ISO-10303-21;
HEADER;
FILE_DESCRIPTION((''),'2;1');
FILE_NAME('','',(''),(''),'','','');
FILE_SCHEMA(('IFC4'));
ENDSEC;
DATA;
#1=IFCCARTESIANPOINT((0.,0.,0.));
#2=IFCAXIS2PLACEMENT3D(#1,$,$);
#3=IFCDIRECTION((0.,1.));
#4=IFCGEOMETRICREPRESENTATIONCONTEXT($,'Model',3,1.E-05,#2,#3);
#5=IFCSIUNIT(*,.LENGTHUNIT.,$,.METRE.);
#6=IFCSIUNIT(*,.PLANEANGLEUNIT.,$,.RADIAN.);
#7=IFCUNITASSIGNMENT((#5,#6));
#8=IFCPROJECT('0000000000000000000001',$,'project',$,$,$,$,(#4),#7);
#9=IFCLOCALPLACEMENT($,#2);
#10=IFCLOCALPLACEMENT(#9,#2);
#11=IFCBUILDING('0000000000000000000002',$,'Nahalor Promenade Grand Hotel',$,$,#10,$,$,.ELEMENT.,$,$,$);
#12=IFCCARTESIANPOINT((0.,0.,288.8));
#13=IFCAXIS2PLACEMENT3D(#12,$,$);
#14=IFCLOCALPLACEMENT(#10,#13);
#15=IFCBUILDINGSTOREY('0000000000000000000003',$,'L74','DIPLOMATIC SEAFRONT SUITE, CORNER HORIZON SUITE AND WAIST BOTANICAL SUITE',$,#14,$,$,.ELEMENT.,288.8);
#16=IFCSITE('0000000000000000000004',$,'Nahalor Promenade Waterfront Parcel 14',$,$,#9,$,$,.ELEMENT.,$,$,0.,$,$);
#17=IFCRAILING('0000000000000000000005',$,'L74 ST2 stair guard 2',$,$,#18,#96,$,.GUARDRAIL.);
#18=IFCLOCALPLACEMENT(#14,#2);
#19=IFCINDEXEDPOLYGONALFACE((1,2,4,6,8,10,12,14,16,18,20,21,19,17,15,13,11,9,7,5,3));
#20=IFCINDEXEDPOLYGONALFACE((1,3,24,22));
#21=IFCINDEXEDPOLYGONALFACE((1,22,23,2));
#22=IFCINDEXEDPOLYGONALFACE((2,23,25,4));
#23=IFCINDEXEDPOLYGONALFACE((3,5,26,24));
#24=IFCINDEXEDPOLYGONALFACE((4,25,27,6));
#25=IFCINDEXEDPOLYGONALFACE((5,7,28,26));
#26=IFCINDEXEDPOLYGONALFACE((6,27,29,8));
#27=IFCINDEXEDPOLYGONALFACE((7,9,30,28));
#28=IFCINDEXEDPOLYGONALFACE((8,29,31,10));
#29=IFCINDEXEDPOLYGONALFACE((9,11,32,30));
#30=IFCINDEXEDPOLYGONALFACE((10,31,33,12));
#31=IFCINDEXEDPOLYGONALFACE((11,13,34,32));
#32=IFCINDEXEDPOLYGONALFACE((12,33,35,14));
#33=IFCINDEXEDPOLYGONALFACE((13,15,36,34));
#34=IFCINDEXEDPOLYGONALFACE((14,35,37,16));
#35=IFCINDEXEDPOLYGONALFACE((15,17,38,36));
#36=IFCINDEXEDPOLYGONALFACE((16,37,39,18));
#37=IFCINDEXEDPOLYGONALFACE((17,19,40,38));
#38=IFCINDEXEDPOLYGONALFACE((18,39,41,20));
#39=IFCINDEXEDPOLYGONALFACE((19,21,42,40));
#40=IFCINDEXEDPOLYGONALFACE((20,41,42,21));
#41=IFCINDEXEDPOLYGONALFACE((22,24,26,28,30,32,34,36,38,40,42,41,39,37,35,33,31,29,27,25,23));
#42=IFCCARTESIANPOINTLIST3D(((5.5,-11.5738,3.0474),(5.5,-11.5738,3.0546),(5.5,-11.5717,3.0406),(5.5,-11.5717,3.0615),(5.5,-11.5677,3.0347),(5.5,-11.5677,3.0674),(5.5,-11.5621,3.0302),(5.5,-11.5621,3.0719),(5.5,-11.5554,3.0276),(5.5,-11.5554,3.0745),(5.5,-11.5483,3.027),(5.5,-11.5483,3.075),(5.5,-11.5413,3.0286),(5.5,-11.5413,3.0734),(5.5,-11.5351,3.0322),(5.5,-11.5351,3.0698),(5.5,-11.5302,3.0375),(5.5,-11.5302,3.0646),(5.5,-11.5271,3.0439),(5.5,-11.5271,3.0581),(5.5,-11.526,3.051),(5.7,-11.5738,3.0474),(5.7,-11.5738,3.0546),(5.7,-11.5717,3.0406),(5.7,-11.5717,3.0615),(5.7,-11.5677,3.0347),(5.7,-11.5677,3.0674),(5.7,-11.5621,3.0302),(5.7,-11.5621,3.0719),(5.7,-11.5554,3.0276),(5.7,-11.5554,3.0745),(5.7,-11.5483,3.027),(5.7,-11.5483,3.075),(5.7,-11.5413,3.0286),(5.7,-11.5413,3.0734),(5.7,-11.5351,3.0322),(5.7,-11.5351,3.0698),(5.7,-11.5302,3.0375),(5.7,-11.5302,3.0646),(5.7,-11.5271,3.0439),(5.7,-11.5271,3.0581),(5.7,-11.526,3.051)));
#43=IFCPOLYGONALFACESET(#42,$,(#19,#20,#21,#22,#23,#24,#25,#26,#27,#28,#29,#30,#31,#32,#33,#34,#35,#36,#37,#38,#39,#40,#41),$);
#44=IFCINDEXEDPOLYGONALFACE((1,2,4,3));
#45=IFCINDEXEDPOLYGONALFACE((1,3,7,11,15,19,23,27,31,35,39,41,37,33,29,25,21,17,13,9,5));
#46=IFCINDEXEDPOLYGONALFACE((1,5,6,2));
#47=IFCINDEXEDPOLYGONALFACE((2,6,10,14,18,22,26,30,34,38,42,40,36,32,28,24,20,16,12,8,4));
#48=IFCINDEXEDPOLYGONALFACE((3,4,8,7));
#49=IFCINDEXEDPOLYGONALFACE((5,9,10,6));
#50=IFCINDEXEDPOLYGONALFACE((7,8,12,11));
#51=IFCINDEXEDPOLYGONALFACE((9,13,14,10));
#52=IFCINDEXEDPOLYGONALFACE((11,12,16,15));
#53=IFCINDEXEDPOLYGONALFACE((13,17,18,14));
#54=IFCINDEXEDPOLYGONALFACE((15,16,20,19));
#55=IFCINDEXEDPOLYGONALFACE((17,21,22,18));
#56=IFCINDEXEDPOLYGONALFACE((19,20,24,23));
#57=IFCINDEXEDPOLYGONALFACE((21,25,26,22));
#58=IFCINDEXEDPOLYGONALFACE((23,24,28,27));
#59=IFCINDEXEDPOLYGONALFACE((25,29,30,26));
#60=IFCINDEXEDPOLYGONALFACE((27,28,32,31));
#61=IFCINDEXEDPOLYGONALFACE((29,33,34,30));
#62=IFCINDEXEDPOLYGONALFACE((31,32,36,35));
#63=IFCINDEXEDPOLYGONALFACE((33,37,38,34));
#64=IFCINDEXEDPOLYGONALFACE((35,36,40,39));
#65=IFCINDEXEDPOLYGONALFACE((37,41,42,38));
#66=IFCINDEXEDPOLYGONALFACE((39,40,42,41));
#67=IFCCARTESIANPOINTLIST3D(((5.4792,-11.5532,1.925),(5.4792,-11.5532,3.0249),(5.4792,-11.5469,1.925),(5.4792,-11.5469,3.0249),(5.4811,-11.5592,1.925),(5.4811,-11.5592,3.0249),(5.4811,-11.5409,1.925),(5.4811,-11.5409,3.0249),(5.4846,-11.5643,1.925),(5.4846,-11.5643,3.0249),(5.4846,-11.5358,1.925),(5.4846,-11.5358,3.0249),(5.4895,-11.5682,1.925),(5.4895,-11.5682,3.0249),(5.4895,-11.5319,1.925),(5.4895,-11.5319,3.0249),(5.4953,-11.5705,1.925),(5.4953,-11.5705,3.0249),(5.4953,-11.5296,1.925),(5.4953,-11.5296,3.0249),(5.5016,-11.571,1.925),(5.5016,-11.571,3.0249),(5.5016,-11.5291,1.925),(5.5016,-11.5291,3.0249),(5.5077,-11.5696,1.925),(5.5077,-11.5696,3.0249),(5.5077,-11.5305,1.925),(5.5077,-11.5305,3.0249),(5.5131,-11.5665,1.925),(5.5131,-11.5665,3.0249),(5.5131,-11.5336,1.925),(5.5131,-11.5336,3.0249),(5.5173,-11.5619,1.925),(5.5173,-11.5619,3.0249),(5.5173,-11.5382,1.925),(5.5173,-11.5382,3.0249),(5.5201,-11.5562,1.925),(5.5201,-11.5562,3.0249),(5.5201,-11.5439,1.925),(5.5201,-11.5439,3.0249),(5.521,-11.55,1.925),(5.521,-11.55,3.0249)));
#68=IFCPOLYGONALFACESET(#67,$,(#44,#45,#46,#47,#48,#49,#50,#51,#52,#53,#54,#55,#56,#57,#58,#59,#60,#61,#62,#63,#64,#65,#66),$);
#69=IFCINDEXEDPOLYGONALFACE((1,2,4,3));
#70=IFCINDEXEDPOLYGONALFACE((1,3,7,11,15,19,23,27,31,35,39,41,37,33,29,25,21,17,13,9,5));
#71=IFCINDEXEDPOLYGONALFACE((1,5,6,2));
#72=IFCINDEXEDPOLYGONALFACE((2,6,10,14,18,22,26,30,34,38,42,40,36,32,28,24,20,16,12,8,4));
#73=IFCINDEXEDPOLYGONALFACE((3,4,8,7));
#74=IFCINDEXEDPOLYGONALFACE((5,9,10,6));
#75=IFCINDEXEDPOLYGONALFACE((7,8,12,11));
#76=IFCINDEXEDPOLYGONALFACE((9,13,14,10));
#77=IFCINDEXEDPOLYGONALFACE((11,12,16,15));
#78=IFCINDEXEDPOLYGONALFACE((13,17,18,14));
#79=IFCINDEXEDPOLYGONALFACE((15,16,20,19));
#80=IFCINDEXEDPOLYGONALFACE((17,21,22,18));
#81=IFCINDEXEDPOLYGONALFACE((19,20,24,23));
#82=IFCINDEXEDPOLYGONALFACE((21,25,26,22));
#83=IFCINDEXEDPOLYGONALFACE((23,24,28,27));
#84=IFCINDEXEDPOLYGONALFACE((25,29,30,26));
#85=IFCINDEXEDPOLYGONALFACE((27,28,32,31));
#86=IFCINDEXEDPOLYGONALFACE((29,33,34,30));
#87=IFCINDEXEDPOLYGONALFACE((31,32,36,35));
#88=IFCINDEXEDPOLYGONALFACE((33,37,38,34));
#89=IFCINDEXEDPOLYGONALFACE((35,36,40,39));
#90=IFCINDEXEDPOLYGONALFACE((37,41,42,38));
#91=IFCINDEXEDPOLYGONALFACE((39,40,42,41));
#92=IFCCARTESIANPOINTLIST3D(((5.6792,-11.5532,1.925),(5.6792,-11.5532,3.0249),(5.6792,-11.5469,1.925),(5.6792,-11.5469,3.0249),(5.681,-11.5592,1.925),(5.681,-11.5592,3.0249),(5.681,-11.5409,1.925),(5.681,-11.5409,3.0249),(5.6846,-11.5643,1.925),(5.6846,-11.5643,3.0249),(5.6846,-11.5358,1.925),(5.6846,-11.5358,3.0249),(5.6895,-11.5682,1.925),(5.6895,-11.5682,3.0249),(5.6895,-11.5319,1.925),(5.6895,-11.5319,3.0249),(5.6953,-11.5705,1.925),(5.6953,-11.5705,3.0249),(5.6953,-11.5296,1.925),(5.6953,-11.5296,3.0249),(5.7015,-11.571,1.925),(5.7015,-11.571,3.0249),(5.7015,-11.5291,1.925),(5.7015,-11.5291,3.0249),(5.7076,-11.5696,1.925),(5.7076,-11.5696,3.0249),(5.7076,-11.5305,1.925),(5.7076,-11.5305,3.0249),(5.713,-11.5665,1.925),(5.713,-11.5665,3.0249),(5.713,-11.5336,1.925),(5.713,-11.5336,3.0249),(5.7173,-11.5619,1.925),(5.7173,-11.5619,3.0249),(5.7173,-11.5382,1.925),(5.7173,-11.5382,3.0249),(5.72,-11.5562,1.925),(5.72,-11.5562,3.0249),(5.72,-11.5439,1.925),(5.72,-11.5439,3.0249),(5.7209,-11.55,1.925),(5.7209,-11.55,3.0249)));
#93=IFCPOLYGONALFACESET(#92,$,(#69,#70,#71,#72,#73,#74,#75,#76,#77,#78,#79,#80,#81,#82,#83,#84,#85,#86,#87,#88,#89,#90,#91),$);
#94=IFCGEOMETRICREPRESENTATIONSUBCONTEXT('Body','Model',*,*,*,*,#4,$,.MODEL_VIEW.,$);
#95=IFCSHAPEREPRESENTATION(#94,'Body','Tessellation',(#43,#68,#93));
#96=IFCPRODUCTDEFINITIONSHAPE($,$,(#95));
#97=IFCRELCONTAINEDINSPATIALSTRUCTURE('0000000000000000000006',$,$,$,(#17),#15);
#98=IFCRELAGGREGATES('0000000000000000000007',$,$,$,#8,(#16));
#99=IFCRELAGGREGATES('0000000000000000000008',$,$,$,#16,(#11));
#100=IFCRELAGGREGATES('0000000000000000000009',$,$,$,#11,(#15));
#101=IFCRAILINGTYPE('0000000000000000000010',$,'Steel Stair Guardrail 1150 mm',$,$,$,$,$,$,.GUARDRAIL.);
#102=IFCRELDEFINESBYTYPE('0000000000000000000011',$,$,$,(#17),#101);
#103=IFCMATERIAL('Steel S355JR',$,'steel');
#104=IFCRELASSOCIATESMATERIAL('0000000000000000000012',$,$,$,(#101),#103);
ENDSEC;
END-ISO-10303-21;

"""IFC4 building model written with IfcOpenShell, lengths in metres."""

from ifc_helpers import new_model, si_unit, direction, frame, origin, origin_2d, place, context, subcontext, project, spatial, circle, extrude, material, type_object, element, save


model = new_model("IFC4")

# Units and contexts
model_context = context("Model", 3, precision=1e-05, world=origin(), true_north=direction((0.0, 1.0)))
body_context = subcontext(model_context, "Body", "Model", "MODEL_VIEW")
ifc_project = project(units=[si_unit("LENGTHUNIT", "METRE"), si_unit("PLANEANGLEUNIT", "RADIAN")], contexts=[model_context])

# Site, building, storey
site_placement = place(None, origin())
site = spatial("IfcSite", under=ifc_project, at=site_placement, Name="Nahalor Promenade Waterfront Parcel 14", CompositionType="ELEMENT", RefElevation=0.0)
building_placement = place(site_placement, origin())
building = spatial("IfcBuilding", under=site, at=building_placement, Name="Nahalor Promenade Grand Hotel", CompositionType="ELEMENT")
storey_placement = place(building_placement, frame((0.0, 0.0, 288.8)))
storey = spatial("IfcBuildingStorey", under=building, at=storey_placement, Name="L74", Description="DIPLOMATIC SEAFRONT SUITE, CORNER HORIZON SUITE AND WAIST BOTANICAL SUITE", CompositionType="ELEMENT", Elevation=288.8)

# Shared definitions
ifc_material_1 = material(Name="Steel S355JR", Category="steel")

# Railing
railing_type_1 = type_object("IfcRailingType", Name="Steel Stair Guardrail 1150 mm", PredefinedType="GUARDRAIL", material=ifc_material_1)
railing_1_placement = place(storey_placement, frame((5.5, -11.55, 1.925)))
element("IfcRailing", 1, at=railing_1_placement, inside=storey, type_object=railing_type_1, Name="L74 ST2 stair guard 2", PredefinedType="GUARDRAIL", context=body_context, shape_type="SweptSolid", body=[
    extrude(circle(Radius=0.024, at=origin_2d()), frame((0.0, 0.0, 1.126), z_axis=(1.0, 0.0, 0.0), x_axis=(0.0, 1.0, 0.0)), (0.0, 0.0, 1.0), 0.2),
    extrude(circle(Radius=0.021, at=origin_2d()), origin(), (0.0, 0.0, 1.0), 1.0999),
    extrude(circle(Radius=0.021, at=origin_2d()), frame((0.2, 0.0, 0.0)), (0.0, 0.0, 1.0), 1.0999),
])

save(model, "model.ifc")
